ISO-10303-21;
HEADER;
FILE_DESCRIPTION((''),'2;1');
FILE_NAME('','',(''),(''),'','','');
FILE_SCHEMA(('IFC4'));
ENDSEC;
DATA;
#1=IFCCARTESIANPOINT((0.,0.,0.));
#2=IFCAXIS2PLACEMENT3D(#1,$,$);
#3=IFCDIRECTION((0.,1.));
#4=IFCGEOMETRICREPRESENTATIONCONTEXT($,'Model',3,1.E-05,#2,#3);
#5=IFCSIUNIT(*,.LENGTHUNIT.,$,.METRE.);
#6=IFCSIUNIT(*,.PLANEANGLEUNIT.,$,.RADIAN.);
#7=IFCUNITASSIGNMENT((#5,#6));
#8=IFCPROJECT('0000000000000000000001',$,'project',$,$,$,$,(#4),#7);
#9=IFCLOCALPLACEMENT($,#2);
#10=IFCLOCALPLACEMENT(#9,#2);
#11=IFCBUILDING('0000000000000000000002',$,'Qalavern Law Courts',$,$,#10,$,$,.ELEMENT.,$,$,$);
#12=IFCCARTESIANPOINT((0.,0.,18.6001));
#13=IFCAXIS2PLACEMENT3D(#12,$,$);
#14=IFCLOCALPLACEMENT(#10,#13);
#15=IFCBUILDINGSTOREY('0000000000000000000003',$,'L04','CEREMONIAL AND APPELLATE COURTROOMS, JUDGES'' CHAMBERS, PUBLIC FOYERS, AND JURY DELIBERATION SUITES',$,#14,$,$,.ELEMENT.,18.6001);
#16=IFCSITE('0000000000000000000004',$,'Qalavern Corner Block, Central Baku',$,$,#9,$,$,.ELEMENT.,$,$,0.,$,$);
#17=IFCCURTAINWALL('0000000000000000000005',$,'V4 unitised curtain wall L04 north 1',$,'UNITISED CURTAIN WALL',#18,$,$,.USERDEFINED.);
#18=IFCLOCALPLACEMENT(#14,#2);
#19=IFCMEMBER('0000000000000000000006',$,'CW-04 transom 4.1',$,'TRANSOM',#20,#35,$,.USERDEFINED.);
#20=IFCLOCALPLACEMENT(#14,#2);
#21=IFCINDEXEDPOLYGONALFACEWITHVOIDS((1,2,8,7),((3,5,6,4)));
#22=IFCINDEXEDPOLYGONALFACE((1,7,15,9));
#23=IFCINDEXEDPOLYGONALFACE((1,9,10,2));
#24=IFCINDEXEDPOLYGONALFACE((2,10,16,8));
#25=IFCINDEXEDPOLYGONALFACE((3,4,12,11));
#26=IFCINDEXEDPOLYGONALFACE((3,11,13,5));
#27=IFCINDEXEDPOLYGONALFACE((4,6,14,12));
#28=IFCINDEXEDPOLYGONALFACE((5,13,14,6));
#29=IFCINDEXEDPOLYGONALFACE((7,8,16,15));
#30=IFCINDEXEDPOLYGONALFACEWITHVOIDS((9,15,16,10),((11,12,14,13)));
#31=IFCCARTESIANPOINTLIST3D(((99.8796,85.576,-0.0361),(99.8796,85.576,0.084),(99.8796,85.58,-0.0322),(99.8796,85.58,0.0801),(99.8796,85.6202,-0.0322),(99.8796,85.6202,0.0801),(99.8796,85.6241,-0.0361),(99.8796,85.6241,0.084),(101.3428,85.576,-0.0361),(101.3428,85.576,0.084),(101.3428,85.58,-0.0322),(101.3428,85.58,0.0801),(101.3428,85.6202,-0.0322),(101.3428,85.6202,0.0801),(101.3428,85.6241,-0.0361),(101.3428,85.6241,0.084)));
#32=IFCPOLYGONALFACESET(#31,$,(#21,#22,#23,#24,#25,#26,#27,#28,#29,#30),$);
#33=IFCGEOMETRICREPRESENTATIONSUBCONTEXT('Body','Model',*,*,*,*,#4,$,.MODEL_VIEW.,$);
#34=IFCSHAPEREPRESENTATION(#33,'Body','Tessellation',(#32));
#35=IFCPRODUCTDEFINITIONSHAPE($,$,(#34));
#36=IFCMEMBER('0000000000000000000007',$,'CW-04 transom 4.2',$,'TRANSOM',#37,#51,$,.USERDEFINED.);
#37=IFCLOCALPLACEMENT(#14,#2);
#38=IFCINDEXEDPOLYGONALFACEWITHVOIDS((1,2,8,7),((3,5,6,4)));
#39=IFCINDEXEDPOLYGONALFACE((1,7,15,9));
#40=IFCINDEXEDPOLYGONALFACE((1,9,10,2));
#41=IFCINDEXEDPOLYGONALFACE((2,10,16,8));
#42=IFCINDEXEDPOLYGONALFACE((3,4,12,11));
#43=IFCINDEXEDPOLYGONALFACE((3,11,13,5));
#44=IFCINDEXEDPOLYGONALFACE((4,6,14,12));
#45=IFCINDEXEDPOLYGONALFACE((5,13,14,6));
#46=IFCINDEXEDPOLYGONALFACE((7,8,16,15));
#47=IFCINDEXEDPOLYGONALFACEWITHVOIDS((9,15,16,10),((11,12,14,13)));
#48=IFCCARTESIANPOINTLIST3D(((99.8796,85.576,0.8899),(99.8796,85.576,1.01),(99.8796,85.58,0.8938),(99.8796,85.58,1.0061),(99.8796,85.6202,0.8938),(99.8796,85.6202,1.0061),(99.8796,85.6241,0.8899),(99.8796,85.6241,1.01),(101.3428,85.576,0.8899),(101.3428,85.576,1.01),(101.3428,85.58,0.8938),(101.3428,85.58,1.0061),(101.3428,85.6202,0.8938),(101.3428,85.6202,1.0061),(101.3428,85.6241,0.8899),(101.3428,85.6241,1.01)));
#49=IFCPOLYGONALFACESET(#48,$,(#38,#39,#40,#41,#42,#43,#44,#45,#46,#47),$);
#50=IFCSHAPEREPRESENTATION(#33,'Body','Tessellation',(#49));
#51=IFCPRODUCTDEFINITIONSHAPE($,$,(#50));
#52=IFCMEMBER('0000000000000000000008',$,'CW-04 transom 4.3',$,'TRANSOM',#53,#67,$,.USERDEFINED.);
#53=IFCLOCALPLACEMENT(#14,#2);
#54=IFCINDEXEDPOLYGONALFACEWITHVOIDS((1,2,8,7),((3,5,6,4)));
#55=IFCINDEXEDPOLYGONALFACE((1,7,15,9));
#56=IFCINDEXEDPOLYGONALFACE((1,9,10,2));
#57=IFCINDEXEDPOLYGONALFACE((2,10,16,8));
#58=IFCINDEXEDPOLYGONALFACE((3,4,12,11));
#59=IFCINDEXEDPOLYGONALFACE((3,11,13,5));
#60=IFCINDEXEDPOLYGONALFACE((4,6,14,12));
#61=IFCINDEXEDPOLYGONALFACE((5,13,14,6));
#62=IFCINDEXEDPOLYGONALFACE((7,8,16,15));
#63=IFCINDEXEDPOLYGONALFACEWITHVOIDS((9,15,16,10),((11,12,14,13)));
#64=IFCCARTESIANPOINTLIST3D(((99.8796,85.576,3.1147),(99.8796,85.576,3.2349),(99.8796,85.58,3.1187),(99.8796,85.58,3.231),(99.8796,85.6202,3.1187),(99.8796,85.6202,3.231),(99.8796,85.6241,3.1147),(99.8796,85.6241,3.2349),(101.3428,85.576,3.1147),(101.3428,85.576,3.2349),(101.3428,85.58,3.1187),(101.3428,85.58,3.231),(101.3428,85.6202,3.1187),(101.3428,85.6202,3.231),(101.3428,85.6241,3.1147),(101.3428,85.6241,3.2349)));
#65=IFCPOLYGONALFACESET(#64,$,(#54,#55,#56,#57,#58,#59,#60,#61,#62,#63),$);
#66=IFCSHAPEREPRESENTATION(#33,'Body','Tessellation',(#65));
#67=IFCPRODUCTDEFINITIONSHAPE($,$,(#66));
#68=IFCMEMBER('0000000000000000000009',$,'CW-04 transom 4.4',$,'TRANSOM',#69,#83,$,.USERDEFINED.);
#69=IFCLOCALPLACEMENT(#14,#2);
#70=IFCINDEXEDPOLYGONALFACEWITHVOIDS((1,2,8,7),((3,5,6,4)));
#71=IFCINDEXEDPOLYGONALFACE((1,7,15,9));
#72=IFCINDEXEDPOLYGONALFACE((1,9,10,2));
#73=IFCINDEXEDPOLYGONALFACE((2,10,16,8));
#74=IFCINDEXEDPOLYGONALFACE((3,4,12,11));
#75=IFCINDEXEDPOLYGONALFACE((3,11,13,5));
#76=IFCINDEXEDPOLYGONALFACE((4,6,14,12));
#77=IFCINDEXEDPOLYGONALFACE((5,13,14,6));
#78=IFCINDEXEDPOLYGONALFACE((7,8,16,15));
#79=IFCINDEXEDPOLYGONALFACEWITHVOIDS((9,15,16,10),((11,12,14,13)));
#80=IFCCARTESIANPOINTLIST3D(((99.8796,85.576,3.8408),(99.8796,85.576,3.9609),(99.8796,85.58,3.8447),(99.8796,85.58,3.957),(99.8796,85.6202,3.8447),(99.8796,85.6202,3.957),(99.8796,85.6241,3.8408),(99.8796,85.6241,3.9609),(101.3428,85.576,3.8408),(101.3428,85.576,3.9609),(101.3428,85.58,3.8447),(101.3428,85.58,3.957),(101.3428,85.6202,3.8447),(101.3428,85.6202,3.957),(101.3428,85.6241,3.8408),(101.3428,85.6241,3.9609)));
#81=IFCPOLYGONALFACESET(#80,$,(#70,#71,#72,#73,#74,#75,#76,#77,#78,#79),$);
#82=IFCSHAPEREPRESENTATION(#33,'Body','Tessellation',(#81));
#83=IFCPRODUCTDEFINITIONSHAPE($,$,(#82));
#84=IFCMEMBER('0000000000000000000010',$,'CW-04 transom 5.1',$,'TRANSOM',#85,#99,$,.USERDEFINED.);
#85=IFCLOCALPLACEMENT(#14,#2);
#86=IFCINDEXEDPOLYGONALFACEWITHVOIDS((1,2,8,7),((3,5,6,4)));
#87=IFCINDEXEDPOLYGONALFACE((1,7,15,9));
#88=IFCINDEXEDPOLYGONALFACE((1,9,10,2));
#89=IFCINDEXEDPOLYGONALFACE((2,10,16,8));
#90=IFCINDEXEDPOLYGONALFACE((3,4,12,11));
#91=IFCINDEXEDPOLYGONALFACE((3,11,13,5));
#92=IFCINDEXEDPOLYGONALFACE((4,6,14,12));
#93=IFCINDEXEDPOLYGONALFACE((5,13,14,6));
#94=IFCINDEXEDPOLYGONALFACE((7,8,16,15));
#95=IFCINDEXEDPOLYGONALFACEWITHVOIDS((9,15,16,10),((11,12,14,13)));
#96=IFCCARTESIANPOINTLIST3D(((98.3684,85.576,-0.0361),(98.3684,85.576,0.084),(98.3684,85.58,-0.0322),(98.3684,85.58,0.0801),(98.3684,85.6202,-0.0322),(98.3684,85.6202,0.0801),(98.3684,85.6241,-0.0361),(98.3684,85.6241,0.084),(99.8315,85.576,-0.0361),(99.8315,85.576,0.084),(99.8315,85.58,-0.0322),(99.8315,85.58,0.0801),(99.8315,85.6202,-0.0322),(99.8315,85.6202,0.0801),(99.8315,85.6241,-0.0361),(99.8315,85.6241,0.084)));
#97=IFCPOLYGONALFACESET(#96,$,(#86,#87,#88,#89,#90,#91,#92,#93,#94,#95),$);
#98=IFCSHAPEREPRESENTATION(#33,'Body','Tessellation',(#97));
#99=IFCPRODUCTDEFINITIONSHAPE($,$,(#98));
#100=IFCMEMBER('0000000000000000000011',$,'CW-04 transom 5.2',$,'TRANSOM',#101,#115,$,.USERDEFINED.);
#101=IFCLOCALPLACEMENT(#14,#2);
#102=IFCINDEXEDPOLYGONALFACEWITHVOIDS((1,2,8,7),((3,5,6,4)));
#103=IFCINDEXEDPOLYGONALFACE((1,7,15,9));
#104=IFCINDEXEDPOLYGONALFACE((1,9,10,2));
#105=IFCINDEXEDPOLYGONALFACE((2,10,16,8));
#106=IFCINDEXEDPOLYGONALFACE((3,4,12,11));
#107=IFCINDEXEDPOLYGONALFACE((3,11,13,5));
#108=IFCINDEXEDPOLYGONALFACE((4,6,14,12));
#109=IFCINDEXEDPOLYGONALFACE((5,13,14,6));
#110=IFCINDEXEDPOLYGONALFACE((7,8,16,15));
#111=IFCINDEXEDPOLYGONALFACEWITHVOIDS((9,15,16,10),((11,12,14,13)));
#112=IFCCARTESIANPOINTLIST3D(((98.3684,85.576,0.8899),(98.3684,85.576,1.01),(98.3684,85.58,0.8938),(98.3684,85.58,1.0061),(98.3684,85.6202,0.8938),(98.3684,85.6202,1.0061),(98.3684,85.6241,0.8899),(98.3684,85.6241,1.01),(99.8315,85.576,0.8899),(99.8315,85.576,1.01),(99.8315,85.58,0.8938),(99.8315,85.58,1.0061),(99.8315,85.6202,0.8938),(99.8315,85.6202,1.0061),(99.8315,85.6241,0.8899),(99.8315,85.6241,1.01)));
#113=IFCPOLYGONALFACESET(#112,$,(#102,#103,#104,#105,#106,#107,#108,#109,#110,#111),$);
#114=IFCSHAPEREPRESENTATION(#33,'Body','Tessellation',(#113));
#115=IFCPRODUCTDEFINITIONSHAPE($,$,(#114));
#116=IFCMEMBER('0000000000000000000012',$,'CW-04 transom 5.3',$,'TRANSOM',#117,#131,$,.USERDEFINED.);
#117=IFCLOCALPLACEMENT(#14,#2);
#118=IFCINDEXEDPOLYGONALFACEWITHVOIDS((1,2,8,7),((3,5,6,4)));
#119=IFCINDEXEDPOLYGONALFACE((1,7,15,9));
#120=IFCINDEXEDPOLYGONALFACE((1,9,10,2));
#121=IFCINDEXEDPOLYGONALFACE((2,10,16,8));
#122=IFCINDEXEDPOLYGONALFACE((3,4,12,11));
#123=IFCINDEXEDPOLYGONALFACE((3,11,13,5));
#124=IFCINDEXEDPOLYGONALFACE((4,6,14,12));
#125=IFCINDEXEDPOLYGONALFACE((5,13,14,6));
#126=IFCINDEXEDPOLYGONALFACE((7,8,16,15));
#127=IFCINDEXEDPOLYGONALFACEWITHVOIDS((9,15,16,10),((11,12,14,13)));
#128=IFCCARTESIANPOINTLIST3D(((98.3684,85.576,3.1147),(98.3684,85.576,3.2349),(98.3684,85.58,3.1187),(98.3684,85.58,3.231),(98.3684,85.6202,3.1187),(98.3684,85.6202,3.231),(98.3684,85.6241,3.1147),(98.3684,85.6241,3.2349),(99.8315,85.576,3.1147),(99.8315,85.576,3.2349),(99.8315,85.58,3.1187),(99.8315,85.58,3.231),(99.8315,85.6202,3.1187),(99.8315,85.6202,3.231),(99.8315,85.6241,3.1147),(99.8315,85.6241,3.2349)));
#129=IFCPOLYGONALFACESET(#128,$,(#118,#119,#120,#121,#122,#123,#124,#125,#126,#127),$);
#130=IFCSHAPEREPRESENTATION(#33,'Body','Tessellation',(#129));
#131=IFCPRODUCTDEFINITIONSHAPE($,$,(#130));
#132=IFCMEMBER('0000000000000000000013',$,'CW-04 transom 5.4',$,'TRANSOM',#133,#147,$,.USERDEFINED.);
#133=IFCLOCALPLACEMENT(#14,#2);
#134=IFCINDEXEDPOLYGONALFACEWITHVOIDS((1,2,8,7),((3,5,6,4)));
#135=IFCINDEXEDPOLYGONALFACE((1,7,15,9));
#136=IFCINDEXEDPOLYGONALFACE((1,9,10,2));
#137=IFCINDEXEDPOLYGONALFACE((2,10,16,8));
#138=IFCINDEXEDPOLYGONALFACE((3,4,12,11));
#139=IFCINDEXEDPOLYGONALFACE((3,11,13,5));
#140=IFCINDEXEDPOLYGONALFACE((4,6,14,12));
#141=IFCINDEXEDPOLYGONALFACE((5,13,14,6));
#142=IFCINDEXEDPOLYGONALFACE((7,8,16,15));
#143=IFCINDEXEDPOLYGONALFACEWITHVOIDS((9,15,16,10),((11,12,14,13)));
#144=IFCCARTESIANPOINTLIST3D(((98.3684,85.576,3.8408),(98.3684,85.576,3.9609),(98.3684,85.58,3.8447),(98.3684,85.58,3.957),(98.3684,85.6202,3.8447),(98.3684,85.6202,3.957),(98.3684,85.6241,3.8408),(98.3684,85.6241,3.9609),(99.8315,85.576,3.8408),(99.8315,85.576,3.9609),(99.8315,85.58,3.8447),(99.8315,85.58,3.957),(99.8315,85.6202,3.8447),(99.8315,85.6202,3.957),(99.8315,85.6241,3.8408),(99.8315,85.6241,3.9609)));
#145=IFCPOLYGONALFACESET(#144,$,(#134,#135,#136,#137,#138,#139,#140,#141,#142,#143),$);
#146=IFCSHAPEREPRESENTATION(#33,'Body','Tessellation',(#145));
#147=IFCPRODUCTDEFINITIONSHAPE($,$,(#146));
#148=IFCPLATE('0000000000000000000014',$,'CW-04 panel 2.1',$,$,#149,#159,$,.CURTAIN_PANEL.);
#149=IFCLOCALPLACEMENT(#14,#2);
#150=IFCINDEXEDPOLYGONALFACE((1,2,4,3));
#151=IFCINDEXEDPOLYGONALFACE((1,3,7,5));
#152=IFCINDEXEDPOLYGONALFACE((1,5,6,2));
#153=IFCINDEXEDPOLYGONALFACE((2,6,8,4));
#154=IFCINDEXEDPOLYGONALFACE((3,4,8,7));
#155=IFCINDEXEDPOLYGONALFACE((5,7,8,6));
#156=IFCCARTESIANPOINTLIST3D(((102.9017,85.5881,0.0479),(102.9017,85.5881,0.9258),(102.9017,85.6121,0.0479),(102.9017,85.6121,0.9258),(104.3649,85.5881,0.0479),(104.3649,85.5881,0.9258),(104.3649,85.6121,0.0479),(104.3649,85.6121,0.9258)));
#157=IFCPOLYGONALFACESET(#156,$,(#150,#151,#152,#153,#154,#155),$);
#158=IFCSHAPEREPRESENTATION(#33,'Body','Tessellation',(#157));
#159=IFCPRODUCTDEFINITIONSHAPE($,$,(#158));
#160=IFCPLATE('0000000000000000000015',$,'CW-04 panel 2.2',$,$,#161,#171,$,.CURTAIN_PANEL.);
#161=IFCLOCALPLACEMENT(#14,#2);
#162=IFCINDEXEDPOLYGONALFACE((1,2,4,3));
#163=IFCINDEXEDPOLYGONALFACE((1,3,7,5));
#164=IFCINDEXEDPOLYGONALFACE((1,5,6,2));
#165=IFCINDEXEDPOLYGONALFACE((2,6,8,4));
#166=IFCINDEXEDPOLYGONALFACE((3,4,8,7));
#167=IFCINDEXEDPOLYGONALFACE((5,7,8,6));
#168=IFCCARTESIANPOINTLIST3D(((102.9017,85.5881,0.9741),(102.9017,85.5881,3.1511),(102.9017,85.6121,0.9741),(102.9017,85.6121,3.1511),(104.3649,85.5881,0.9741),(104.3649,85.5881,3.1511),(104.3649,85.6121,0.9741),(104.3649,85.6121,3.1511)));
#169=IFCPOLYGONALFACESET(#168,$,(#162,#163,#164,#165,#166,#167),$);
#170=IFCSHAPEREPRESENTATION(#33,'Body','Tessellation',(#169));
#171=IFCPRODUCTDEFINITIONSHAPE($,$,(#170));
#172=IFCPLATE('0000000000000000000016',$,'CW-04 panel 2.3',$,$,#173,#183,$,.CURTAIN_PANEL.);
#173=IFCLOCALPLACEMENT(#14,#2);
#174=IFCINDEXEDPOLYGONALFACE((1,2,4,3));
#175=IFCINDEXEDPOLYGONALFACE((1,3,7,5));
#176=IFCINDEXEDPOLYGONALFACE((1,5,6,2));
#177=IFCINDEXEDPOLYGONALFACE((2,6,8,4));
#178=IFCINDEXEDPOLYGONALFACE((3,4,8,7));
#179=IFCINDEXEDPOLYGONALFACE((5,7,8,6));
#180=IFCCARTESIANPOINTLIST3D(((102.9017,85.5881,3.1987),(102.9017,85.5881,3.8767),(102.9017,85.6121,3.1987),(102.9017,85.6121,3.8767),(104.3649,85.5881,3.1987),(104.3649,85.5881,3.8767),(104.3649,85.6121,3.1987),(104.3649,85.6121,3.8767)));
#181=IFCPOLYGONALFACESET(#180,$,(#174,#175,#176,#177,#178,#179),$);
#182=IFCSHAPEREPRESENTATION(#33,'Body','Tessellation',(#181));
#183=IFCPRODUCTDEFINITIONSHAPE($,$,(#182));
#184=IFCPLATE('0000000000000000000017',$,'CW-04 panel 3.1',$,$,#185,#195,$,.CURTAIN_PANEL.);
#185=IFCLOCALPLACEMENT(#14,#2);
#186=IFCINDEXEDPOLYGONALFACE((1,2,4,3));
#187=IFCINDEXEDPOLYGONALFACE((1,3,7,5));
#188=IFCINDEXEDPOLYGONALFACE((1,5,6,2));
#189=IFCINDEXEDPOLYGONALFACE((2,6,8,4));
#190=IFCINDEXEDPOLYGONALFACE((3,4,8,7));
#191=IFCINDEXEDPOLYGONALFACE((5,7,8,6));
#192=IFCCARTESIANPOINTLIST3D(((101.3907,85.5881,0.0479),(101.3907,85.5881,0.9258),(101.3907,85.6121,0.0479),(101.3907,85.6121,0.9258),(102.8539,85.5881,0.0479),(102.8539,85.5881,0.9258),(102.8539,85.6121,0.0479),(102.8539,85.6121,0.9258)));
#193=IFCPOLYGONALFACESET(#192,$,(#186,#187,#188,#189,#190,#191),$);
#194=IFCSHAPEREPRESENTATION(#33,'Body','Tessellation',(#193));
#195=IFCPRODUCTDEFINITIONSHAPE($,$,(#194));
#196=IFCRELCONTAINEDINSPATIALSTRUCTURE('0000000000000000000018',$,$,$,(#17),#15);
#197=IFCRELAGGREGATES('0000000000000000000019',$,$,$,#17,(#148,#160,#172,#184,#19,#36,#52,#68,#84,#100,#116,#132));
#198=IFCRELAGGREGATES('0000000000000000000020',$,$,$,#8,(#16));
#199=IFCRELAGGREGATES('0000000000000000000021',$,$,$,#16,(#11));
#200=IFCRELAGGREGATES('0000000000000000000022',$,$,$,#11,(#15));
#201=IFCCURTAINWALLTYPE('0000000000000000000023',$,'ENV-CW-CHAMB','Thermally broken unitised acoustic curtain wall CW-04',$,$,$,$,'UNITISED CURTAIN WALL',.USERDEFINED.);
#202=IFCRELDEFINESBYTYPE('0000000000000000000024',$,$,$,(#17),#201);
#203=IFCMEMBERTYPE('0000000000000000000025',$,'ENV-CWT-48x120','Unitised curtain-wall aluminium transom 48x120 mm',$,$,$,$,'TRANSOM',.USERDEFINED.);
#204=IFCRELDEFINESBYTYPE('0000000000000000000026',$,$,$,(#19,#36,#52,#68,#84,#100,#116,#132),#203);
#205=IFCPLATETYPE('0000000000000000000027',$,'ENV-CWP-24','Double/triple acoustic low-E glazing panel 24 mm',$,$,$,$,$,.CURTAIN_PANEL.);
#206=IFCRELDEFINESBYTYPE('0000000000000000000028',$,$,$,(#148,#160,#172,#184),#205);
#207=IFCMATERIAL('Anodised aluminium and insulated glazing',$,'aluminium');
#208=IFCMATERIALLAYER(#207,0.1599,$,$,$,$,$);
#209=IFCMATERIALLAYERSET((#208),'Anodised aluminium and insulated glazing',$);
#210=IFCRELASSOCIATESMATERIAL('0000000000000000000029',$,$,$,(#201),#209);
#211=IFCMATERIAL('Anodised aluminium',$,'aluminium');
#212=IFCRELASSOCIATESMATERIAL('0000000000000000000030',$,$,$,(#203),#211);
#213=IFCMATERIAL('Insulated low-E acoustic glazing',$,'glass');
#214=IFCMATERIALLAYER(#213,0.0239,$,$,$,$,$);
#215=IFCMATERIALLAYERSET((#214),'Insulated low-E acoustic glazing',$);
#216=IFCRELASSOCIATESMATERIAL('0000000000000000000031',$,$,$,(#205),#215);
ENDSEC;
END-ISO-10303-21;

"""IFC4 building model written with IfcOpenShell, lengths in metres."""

from ifc_helpers import new_model, si_unit, direction, frame, origin, origin_2d, place, context, subcontext, project, spatial, rectangle, hollow_rectangle, extrude, material, layer, layer_set, material_profile, profile_set, type_object, element, aggregate, save


model = new_model("IFC4")

# Units and contexts
model_context = context("Model", 3, precision=1e-05, world=origin(), true_north=direction((0.0, 1.0)))
body_context = subcontext(model_context, "Body", "Model", "MODEL_VIEW")
ifc_project = project(units=[si_unit("LENGTHUNIT", "METRE"), si_unit("PLANEANGLEUNIT", "RADIAN")], contexts=[model_context])

# Site, building, storey
site_placement = place(None, origin())
site = spatial("IfcSite", under=ifc_project, at=site_placement, Name="Qalavern Corner Block, Central Baku", CompositionType="ELEMENT", RefElevation=0.0)
building_placement = place(site_placement, origin())
building = spatial("IfcBuilding", under=site, at=building_placement, Name="Qalavern Law Courts", CompositionType="ELEMENT")
storey_placement = place(building_placement, frame((0.0, 0.0, 18.6001)))
storey = spatial("IfcBuildingStorey", under=building, at=storey_placement, Name="L04", Description="CEREMONIAL AND APPELLATE COURTROOMS, JUDGES' CHAMBERS, PUBLIC FOYERS, AND JURY DELIBERATION SUITES", CompositionType="ELEMENT", Elevation=18.6001)

# Curtain wall, members, plates
ifc_material_1 = material(Name="Anodised aluminium and insulated glazing", Category="aluminium")
ifc_layer_1 = layer(ifc_material_1, 0.1599)
ifc_layer_set_1 = layer_set([ifc_layer_1], Name="Anodised aluminium and insulated glazing")
curtain_wall_type = type_object("IfcCurtainWallType", Name="ENV-CW-CHAMB", Description="Thermally broken unitised acoustic curtain wall CW-04", ElementType="UNITISED CURTAIN WALL", PredefinedType="USERDEFINED", material=ifc_layer_set_1)
curtain_wall_placement = place(storey_placement, origin())
curtain_wall = element("IfcCurtainWall", 1, at=curtain_wall_placement, inside=storey, type_object=curtain_wall_type, Name="V4 unitised curtain wall L04 north 1", ObjectType="UNITISED CURTAIN WALL", PredefinedType="USERDEFINED")
ifc_material_2 = material(Name="Anodised aluminium", Category="aluminium")
ifc_material_profile_1 = material_profile(ifc_material_2, hollow_rectangle(XDim=0.0481, YDim=0.1201, WallThickness=0.0039, at=origin_2d()), Name="ALU TRANSOM 48x120")
ifc_profile_set_1 = profile_set([ifc_material_profile_1], Name="Anodised aluminium")
member_type_1 = type_object("IfcMemberType", Name="ENV-CWT-48x120", Description="Unitised curtain-wall aluminium transom 48x120 mm", ElementType="TRANSOM", PredefinedType="USERDEFINED", material=ifc_profile_set_1)
member_1_placement = place(storey_placement, frame((101.3428, 85.6001, 0.0239), z_axis=(-1.0, 0.0, 0.0), x_axis=(0.0, -1.0, 0.0)))
member_1 = element("IfcMember", 2, at=member_1_placement, type_object=member_type_1, Name="CW-04 transom 4.1", ObjectType="TRANSOM", PredefinedType="USERDEFINED", context=body_context, shape_type="SweptSolid", body=[
    extrude(hollow_rectangle(XDim=0.0481, YDim=0.1201, WallThickness=0.0039, at=origin_2d()), origin(), (0.0, 0.0, 1.0), 1.4631),
])
member_2_placement = place(storey_placement, frame((101.3428, 85.6001, 0.95), z_axis=(-1.0, 0.0, 0.0), x_axis=(0.0, -1.0, 0.0)))
member_2 = element("IfcMember", 3, at=member_2_placement, type_object=member_type_1, Name="CW-04 transom 4.2", ObjectType="TRANSOM", PredefinedType="USERDEFINED", context=body_context, shape_type="SweptSolid", body=[
    extrude(hollow_rectangle(XDim=0.0481, YDim=0.1201, WallThickness=0.0039, at=origin_2d()), origin(), (0.0, 0.0, 1.0), 1.4631),
])
member_3_placement = place(storey_placement, frame((101.3428, 85.6001, 3.1748), z_axis=(-1.0, 0.0, 0.0), x_axis=(0.0, -1.0, 0.0)))
member_3 = element("IfcMember", 4, at=member_3_placement, type_object=member_type_1, Name="CW-04 transom 4.3", ObjectType="TRANSOM", PredefinedType="USERDEFINED", context=body_context, shape_type="SweptSolid", body=[
    extrude(hollow_rectangle(XDim=0.0481, YDim=0.1201, WallThickness=0.0039, at=origin_2d()), origin(), (0.0, 0.0, 1.0), 1.4631),
])
member_4_placement = place(storey_placement, frame((101.3428, 85.6001, 3.9009), z_axis=(-1.0, 0.0, 0.0), x_axis=(0.0, -1.0, 0.0)))
member_4 = element("IfcMember", 5, at=member_4_placement, type_object=member_type_1, Name="CW-04 transom 4.4", ObjectType="TRANSOM", PredefinedType="USERDEFINED", context=body_context, shape_type="SweptSolid", body=[
    extrude(hollow_rectangle(XDim=0.0481, YDim=0.1201, WallThickness=0.0039, at=origin_2d()), origin(), (0.0, 0.0, 1.0), 1.4631),
])
member_5_placement = place(storey_placement, frame((99.8315, 85.6001, 0.0239), z_axis=(-1.0, 0.0, 0.0), x_axis=(0.0, -1.0, 0.0)))
member_5 = element("IfcMember", 6, at=member_5_placement, type_object=member_type_1, Name="CW-04 transom 5.1", ObjectType="TRANSOM", PredefinedType="USERDEFINED", context=body_context, shape_type="SweptSolid", body=[
    extrude(hollow_rectangle(XDim=0.0481, YDim=0.1201, WallThickness=0.0039, at=origin_2d()), origin(), (0.0, 0.0, 1.0), 1.4631),
])
member_6_placement = place(storey_placement, frame((99.8315, 85.6001, 0.95), z_axis=(-1.0, 0.0, 0.0), x_axis=(0.0, -1.0, 0.0)))
member_6 = element("IfcMember", 7, at=member_6_placement, type_object=member_type_1, Name="CW-04 transom 5.2", ObjectType="TRANSOM", PredefinedType="USERDEFINED", context=body_context, shape_type="SweptSolid", body=[
    extrude(hollow_rectangle(XDim=0.0481, YDim=0.1201, WallThickness=0.0039, at=origin_2d()), origin(), (0.0, 0.0, 1.0), 1.4631),
])
member_7_placement = place(storey_placement, frame((99.8315, 85.6001, 3.1748), z_axis=(-1.0, 0.0, 0.0), x_axis=(0.0, -1.0, 0.0)))
member_7 = element("IfcMember", 8, at=member_7_placement, type_object=member_type_1, Name="CW-04 transom 5.3", ObjectType="TRANSOM", PredefinedType="USERDEFINED", context=body_context, shape_type="SweptSolid", body=[
    extrude(hollow_rectangle(XDim=0.0481, YDim=0.1201, WallThickness=0.0039, at=origin_2d()), origin(), (0.0, 0.0, 1.0), 1.4631),
])
member_8_placement = place(storey_placement, frame((99.8315, 85.6001, 3.9009), z_axis=(-1.0, 0.0, 0.0), x_axis=(0.0, -1.0, 0.0)))
member_8 = element("IfcMember", 9, at=member_8_placement, type_object=member_type_1, Name="CW-04 transom 5.4", ObjectType="TRANSOM", PredefinedType="USERDEFINED", context=body_context, shape_type="SweptSolid", body=[
    extrude(hollow_rectangle(XDim=0.0481, YDim=0.1201, WallThickness=0.0039, at=origin_2d()), origin(), (0.0, 0.0, 1.0), 1.4631),
])
ifc_material_3 = material(Name="Insulated low-E acoustic glazing", Category="glass")
ifc_layer_2 = layer(ifc_material_3, 0.0239)
ifc_layer_set_2 = layer_set([ifc_layer_2], Name="Insulated low-E acoustic glazing")
plate_type = type_object("IfcPlateType", Name="ENV-CWP-24", Description="Double/triple acoustic low-E glazing panel 24 mm", PredefinedType="CURTAIN_PANEL", material=ifc_layer_set_2)
plate_1_placement = place(storey_placement, frame((103.6333, 85.6001, 0.0479), z_axis=(0.0, 0.0, 1.0), x_axis=(-1.0, 0.0, 0.0)))
plate_1 = element("IfcPlate", 10, at=plate_1_placement, type_object=plate_type, Name="CW-04 panel 2.1", PredefinedType="CURTAIN_PANEL", context=body_context, shape_type="SweptSolid", body=[
    extrude(rectangle(XDim=1.4631, YDim=0.0239, at=origin_2d()), origin(), (0.0, 0.0, 1.0), 0.8779),
])
plate_2_placement = place(storey_placement, frame((103.6333, 85.6001, 0.9741), z_axis=(0.0, 0.0, 1.0), x_axis=(-1.0, 0.0, 0.0)))
plate_2 = element("IfcPlate", 11, at=plate_2_placement, type_object=plate_type, Name="CW-04 panel 2.2", PredefinedType="CURTAIN_PANEL", context=body_context, shape_type="SweptSolid", body=[
    extrude(rectangle(XDim=1.4631, YDim=0.0239, at=origin_2d()), origin(), (0.0, 0.0, 1.0), 2.177),
])
plate_3_placement = place(storey_placement, frame((103.6333, 85.6001, 3.1987), z_axis=(0.0, 0.0, 1.0), x_axis=(-1.0, 0.0, 0.0)))
plate_3 = element("IfcPlate", 12, at=plate_3_placement, type_object=plate_type, Name="CW-04 panel 2.3", PredefinedType="CURTAIN_PANEL", context=body_context, shape_type="SweptSolid", body=[
    extrude(rectangle(XDim=1.4631, YDim=0.0239, at=origin_2d()), origin(), (0.0, 0.0, 1.0), 0.678),
])
plate_4_placement = place(storey_placement, frame((102.1223, 85.6001, 0.0479), z_axis=(0.0, 0.0, 1.0), x_axis=(-1.0, 0.0, 0.0)))
plate_4 = element("IfcPlate", 13, at=plate_4_placement, type_object=plate_type, Name="CW-04 panel 3.1", PredefinedType="CURTAIN_PANEL", context=body_context, shape_type="SweptSolid", body=[
    extrude(rectangle(XDim=1.4631, YDim=0.0239, at=origin_2d()), origin(), (0.0, 0.0, 1.0), 0.8779),
])
aggregate(curtain_wall, [plate_1, plate_2, plate_3, plate_4, member_1, member_2, member_3, member_4, member_5, member_6, member_7, member_8])

save(model, "model.ifc")
